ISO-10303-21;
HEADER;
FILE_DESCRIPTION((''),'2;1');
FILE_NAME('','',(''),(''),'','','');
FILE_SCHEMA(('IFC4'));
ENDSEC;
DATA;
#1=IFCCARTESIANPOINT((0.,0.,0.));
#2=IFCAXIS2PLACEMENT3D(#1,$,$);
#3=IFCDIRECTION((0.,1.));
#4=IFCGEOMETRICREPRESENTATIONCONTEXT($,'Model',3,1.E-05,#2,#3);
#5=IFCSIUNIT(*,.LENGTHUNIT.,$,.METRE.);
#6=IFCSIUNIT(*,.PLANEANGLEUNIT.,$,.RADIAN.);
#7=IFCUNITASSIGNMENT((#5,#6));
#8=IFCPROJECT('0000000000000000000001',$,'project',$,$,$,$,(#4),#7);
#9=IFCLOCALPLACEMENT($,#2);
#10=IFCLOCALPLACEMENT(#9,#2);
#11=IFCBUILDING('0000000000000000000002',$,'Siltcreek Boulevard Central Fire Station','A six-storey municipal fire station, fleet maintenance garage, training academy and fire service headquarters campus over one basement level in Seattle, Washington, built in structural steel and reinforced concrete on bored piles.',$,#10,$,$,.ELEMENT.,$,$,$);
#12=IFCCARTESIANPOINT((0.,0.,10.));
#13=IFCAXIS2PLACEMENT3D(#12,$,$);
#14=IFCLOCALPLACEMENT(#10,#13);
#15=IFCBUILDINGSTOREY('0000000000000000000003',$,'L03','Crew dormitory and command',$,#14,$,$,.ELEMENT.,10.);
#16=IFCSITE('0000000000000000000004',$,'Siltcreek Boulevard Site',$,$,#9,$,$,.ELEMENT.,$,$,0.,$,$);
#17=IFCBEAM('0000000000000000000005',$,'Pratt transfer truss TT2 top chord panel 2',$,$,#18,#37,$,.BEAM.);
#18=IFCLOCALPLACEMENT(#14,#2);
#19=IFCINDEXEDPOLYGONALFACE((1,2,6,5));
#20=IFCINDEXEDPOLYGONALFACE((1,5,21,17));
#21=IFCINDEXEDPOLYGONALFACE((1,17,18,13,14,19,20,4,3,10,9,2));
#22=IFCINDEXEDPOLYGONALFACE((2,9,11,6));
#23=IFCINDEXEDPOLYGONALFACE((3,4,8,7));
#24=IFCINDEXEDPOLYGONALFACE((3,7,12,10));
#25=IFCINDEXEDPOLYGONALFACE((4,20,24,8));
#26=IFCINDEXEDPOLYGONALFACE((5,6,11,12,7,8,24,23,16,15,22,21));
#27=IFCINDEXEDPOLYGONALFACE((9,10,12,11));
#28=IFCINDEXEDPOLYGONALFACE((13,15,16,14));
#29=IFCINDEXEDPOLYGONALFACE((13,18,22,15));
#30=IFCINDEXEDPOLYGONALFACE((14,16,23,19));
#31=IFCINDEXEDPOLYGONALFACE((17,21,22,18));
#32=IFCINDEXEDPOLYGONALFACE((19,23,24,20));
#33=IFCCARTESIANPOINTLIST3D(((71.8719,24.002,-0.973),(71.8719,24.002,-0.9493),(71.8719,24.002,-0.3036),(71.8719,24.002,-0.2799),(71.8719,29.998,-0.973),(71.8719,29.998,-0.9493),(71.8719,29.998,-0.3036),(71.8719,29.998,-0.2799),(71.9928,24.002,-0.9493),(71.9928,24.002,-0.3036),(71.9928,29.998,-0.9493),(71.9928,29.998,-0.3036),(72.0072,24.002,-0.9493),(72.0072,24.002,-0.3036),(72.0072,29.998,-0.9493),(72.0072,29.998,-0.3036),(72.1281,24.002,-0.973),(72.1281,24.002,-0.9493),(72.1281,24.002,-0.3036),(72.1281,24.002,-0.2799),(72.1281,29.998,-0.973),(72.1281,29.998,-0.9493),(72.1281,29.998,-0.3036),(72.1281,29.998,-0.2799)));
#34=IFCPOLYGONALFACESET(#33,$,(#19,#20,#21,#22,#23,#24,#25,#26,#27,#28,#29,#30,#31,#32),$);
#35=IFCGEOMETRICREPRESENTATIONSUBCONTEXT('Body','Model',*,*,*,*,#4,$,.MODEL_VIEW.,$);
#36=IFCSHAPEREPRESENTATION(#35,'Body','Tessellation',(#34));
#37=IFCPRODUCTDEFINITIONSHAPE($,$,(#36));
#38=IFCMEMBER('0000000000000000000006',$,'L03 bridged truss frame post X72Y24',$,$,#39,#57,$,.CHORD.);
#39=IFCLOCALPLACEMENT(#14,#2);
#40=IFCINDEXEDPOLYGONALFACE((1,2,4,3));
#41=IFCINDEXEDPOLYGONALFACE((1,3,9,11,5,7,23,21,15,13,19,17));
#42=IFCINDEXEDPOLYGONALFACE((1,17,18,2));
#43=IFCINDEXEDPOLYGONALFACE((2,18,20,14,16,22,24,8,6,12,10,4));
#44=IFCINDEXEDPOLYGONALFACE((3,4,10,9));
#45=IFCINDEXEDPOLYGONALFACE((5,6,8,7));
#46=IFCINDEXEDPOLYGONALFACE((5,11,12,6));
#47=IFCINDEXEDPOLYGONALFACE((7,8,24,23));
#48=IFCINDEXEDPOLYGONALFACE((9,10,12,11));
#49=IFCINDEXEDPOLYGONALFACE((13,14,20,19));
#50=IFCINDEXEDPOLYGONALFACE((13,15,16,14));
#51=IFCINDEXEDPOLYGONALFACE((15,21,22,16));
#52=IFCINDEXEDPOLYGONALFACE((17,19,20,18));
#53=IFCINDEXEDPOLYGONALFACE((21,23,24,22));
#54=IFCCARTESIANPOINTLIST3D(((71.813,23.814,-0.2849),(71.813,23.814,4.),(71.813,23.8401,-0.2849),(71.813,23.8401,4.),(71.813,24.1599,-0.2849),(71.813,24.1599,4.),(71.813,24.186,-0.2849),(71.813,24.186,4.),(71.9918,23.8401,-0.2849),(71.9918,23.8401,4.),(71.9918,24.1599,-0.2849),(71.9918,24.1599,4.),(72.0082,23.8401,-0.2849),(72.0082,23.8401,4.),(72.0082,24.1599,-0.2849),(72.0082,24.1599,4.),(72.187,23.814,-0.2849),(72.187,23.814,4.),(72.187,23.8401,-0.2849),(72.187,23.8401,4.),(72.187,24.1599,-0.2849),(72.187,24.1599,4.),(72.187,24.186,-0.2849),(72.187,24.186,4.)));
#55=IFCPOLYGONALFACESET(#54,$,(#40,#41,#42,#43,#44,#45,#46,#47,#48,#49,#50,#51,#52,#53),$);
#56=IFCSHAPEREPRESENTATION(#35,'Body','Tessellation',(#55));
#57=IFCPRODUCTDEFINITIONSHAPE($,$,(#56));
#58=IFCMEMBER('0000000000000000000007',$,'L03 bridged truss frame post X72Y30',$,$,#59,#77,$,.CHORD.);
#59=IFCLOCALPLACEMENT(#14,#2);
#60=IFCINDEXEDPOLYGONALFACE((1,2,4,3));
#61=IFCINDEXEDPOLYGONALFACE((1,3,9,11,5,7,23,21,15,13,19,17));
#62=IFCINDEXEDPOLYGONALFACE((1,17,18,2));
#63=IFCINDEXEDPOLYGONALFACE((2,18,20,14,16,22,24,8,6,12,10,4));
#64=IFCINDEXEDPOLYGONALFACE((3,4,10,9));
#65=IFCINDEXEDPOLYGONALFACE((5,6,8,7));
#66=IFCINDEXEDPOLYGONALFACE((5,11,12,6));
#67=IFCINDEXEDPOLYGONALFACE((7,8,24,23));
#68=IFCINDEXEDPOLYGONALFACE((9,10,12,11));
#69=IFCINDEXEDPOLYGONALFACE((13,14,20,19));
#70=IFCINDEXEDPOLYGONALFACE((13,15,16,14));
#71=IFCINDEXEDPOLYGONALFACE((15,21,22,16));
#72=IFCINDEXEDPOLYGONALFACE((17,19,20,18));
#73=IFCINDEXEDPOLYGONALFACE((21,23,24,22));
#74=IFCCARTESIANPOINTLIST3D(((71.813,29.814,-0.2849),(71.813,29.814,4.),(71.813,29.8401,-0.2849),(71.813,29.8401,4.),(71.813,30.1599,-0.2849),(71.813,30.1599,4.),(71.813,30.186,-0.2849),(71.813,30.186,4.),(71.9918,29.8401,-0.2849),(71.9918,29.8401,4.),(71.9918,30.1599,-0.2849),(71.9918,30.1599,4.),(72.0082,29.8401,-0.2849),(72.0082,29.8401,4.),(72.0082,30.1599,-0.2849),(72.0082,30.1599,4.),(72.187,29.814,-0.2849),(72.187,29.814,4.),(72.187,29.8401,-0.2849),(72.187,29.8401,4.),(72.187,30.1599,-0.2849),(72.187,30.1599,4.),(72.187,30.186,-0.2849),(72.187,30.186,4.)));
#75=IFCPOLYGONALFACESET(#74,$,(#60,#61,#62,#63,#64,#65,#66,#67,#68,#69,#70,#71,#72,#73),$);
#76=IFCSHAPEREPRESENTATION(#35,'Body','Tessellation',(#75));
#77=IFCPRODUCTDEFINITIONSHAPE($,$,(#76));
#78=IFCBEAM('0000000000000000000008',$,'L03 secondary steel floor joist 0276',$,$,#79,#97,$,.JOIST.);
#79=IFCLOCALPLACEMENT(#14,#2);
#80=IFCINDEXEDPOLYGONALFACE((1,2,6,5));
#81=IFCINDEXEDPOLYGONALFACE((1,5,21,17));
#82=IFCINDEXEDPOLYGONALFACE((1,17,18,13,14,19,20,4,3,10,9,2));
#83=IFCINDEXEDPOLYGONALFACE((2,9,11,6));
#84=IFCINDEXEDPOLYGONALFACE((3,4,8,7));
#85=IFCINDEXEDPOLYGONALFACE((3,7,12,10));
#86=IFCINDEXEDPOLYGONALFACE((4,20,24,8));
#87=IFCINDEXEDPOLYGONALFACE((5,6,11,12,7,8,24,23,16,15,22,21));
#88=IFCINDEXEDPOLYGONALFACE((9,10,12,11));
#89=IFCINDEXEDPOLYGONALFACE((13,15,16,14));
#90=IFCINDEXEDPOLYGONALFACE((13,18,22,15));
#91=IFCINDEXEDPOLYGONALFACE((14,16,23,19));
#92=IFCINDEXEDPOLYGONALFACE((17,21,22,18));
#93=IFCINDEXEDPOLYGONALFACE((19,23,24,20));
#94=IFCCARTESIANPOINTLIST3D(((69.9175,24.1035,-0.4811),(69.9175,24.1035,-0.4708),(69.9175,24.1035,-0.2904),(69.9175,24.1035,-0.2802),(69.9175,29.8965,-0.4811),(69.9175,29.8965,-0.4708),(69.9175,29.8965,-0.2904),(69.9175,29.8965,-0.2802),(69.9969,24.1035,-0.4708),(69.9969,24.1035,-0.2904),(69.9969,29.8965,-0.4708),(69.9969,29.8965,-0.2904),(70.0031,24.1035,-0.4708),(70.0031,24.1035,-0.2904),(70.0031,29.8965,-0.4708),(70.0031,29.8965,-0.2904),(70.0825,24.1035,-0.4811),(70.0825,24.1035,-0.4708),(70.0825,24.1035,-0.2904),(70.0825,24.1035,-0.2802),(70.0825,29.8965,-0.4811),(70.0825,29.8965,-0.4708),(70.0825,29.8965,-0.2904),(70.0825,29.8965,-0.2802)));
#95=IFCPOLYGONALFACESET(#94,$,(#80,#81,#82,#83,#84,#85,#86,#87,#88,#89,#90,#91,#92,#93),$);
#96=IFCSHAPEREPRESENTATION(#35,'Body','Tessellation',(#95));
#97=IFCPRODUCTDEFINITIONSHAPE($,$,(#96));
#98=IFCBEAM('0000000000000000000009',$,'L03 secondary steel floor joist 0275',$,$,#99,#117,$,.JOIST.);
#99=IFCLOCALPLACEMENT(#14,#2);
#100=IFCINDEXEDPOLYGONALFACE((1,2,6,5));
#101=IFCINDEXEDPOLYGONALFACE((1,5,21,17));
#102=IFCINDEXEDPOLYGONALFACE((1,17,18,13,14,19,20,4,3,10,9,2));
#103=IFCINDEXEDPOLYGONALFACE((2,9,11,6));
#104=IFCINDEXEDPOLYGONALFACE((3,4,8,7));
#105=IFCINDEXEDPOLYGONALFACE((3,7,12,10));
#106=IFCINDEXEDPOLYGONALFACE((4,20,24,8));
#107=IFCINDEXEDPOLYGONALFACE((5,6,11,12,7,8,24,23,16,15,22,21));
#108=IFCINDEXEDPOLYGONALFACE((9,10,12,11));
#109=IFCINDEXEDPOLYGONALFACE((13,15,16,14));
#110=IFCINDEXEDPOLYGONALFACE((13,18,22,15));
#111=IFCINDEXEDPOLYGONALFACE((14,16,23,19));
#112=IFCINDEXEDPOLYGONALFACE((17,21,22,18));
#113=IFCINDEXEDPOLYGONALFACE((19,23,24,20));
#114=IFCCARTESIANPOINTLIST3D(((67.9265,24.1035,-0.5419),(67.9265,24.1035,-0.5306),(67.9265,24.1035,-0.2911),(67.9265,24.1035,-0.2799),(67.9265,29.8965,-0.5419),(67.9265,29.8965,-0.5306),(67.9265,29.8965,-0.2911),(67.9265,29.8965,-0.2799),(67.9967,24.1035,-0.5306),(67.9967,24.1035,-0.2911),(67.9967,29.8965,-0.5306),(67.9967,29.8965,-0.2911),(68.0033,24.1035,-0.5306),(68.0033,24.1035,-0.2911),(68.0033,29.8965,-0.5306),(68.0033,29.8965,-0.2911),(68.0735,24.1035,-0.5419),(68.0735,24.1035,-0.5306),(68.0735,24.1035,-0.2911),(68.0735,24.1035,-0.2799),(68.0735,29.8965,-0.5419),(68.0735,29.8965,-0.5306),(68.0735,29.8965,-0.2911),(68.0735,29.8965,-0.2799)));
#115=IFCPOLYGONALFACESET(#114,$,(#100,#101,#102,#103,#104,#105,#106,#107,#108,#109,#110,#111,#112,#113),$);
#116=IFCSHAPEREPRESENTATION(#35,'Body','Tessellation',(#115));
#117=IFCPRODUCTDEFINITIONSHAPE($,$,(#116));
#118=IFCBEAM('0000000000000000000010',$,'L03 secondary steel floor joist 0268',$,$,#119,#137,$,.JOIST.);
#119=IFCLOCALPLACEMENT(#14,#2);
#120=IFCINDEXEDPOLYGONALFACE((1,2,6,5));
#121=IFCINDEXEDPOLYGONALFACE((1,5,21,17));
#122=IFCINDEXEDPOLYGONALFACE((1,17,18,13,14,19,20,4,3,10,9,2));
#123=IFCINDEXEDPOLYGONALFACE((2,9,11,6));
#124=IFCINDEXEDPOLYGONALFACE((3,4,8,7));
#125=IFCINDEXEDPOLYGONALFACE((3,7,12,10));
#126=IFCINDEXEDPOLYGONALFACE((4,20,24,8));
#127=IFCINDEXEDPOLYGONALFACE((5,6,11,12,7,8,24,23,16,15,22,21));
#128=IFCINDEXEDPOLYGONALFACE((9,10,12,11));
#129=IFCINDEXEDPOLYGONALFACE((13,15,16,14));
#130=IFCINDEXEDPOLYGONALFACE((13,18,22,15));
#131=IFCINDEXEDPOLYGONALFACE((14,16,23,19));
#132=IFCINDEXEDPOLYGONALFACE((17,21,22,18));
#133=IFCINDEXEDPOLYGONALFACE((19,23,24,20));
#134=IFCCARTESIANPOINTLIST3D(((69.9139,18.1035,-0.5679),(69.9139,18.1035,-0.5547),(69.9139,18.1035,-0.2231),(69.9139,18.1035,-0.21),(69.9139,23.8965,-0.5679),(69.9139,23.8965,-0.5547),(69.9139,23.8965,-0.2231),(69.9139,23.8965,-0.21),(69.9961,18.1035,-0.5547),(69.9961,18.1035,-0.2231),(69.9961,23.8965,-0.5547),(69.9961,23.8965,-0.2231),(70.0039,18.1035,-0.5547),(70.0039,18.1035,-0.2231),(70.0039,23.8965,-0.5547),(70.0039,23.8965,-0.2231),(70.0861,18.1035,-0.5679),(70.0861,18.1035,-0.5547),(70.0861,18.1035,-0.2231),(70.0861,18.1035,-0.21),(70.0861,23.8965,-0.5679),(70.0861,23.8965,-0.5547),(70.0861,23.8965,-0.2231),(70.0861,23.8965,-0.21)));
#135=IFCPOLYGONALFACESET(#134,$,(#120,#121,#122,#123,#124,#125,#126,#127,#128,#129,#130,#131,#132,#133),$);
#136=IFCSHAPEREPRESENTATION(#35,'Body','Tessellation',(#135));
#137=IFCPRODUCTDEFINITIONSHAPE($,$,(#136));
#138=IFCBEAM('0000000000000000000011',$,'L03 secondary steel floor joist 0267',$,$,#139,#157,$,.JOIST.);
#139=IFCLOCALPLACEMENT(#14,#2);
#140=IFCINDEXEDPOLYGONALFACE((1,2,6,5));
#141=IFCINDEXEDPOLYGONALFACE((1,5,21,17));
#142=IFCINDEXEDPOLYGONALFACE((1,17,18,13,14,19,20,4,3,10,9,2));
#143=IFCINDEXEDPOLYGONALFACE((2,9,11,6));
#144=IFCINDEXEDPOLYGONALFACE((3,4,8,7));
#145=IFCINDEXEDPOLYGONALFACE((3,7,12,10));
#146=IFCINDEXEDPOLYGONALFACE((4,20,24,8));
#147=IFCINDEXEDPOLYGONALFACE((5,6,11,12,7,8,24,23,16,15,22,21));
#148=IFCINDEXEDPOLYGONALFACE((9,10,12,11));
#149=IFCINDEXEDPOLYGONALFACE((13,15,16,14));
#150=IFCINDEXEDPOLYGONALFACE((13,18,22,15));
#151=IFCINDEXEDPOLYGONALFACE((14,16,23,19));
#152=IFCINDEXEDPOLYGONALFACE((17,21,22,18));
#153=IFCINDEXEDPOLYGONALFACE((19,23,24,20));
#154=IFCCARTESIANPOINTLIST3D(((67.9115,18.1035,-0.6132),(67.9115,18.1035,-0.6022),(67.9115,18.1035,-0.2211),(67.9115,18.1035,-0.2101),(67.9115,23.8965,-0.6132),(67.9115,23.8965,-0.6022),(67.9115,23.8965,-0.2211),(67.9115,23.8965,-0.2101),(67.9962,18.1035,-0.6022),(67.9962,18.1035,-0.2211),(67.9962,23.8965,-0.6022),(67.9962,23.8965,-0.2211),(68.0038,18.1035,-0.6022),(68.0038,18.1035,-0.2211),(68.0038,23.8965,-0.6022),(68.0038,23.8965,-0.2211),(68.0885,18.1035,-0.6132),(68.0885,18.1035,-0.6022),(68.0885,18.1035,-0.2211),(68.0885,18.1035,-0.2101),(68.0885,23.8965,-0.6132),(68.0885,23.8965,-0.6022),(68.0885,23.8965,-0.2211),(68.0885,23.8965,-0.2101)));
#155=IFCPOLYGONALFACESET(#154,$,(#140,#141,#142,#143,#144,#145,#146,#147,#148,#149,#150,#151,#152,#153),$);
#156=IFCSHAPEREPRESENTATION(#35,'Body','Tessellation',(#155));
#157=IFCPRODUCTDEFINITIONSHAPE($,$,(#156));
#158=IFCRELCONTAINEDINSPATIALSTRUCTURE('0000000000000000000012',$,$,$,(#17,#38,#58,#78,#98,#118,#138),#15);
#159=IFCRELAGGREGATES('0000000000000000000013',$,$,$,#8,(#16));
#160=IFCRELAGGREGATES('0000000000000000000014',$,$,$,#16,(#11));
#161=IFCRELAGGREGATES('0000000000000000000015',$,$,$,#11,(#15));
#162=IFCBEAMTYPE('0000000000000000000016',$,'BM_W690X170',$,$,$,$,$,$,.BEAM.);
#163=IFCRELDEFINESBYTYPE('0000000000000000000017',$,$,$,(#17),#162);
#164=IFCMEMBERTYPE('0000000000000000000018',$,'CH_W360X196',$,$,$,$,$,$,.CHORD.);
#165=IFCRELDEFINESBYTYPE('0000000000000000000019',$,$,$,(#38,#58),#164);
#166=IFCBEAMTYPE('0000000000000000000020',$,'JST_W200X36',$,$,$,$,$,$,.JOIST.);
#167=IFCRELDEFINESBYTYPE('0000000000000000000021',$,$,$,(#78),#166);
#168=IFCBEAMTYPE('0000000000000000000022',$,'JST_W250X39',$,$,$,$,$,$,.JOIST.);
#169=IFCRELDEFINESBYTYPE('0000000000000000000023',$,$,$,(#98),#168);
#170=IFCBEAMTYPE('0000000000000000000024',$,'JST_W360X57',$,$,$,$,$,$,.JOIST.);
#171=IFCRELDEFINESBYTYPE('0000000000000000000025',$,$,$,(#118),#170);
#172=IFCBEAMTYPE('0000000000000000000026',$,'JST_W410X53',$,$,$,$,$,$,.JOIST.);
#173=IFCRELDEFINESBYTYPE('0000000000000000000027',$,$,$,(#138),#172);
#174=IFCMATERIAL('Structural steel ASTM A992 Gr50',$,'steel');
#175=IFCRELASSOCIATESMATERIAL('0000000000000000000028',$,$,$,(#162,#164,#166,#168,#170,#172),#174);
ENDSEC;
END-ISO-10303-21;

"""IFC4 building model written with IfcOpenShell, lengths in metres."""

from ifc_helpers import new_model, si_unit, direction, frame, origin, origin_2d, place, context, subcontext, project, spatial, i_section, extrude, material, material_profile, profile_set, type_object, element, save


model = new_model("IFC4")

# Units and contexts
model_context = context("Model", 3, precision=1e-05, world=origin(), true_north=direction((0.0, 1.0)))
body_context = subcontext(model_context, "Body", "Model", "MODEL_VIEW")
ifc_project = project(units=[si_unit("LENGTHUNIT", "METRE"), si_unit("PLANEANGLEUNIT", "RADIAN")], contexts=[model_context])

# Site, building, storey
site_placement = place(None, origin())
site = spatial("IfcSite", under=ifc_project, at=site_placement, Name="Siltcreek Boulevard Site", CompositionType="ELEMENT", RefElevation=0.0)
building_placement = place(site_placement, origin())
building = spatial("IfcBuilding", under=site, at=building_placement, Name="Siltcreek Boulevard Central Fire Station", Description="A six-storey municipal fire station, fleet maintenance garage, training academy and fire service headquarters campus over one basement level in Seattle, Washington, built in structural steel and reinforced concrete on bored piles.", CompositionType="ELEMENT")
storey_placement = place(building_placement, frame((0.0, 0.0, 10.0)))
storey = spatial("IfcBuildingStorey", under=building, at=storey_placement, Name="L03", Description="Crew dormitory and command", CompositionType="ELEMENT", Elevation=10.0)

# Beam
ifc_material_1 = material(Name="Structural steel ASTM A992 Gr50", Category="steel")
ifc_material_profile_1 = material_profile(ifc_material_1, i_section(OverallWidth=0.2561, OverallDepth=0.6931, WebThickness=0.0144, FlangeThickness=0.0237, at=origin_2d()), Name="W690X170")
ifc_profile_set_1 = profile_set([ifc_material_profile_1], Name="Structural steel ASTM A992 Gr50")
beam_type_1 = type_object("IfcBeamType", Name="BM_W690X170", PredefinedType="BEAM", material=ifc_profile_set_1)
beam_1_placement = place(storey_placement, frame((72.0, 24.002, -0.6265), z_axis=(0.0, 1.0, 0.0), x_axis=(-1.0, 0.0, 0.0)))
element("IfcBeam", 1, at=beam_1_placement, inside=storey, type_object=beam_type_1, Name="Pratt transfer truss TT2 top chord panel 2", PredefinedType="BEAM", context=body_context, shape_type="SweptSolid", body=[
    extrude(i_section(OverallWidth=0.2561, OverallDepth=0.6931, WebThickness=0.0144, FlangeThickness=0.0237, at=origin_2d()), origin(), (0.0, 0.0, 1.0), 5.9961),
])

# Members
ifc_material_profile_2 = material_profile(ifc_material_1, i_section(OverallWidth=0.374, OverallDepth=0.3721, WebThickness=0.0164, FlangeThickness=0.0261, at=origin_2d()), Name="W360X196")
ifc_profile_set_2 = profile_set([ifc_material_profile_2], Name="Structural steel ASTM A992 Gr50")
member_type = type_object("IfcMemberType", Name="CH_W360X196", PredefinedType="CHORD", material=ifc_profile_set_2)
for number, where, z_axis, x_axis, name in (
    (2, (72.0, 24.0, -0.2849), (0.0, 0.0, 1.0), (1.0, 0.0, 0.0), "L03 bridged truss frame post X72Y24"),
    (3, (72.0, 30.0, -0.2849), (0.0, 0.0, 1.0), (1.0, 0.0, 0.0), "L03 bridged truss frame post X72Y30"),
):
    element("IfcMember", number, at=place(storey_placement, frame(where, z_axis=z_axis, x_axis=x_axis)), inside=storey, type_object=member_type, Name=name, PredefinedType="CHORD", context=body_context, shape_type="SweptSolid", body=[
        extrude(i_section(OverallWidth=0.374, OverallDepth=0.3721, WebThickness=0.0164, FlangeThickness=0.0261, at=origin_2d()), origin(), (0.0, 0.0, 1.0), 4.2849),
    ])

# Beams
ifc_material_profile_3 = material_profile(ifc_material_1, i_section(OverallWidth=0.165, OverallDepth=0.2009, WebThickness=0.0061, FlangeThickness=0.0103, at=origin_2d()), Name="W200X36")
ifc_profile_set_3 = profile_set([ifc_material_profile_3], Name="Structural steel ASTM A992 Gr50")
beam_type_2 = type_object("IfcBeamType", Name="JST_W200X36", PredefinedType="JOIST", material=ifc_profile_set_3)
beam_2_placement = place(storey_placement, frame((70.0, 24.1035, -0.3806), z_axis=(0.0, 1.0, 0.0), x_axis=(-1.0, 0.0, 0.0)))
element("IfcBeam", 4, at=beam_2_placement, inside=storey, type_object=beam_type_2, Name="L03 secondary steel floor joist 0276", PredefinedType="JOIST", context=body_context, shape_type="SweptSolid", body=[
    extrude(i_section(OverallWidth=0.165, OverallDepth=0.2009, WebThickness=0.0061, FlangeThickness=0.0103, at=origin_2d()), origin(), (0.0, 0.0, 1.0), 5.793),
])
ifc_material_profile_4 = material_profile(ifc_material_1, i_section(OverallWidth=0.147, OverallDepth=0.262, WebThickness=0.0066, FlangeThickness=0.0112, at=origin_2d()), Name="W250X39")
ifc_profile_set_4 = profile_set([ifc_material_profile_4], Name="Structural steel ASTM A992 Gr50")
beam_type_3 = type_object("IfcBeamType", Name="JST_W250X39", PredefinedType="JOIST", material=ifc_profile_set_4)
beam_3_placement = place(storey_placement, frame((68.0, 24.1035, -0.4109), z_axis=(0.0, 1.0, 0.0), x_axis=(-1.0, 0.0, 0.0)))
element("IfcBeam", 5, at=beam_3_placement, inside=storey, type_object=beam_type_3, Name="L03 secondary steel floor joist 0275", PredefinedType="JOIST", context=body_context, shape_type="SweptSolid", body=[
    extrude(i_section(OverallWidth=0.147, OverallDepth=0.262, WebThickness=0.0066, FlangeThickness=0.0112, at=origin_2d()), origin(), (0.0, 0.0, 1.0), 5.793),
])
ifc_material_profile_5 = material_profile(ifc_material_1, i_section(OverallWidth=0.1721, OverallDepth=0.3579, WebThickness=0.0078, FlangeThickness=0.0132, at=origin_2d()), Name="W360X57")
ifc_profile_set_5 = profile_set([ifc_material_profile_5], Name="Structural steel ASTM A992 Gr50")
beam_type_4 = type_object("IfcBeamType", Name="JST_W360X57", PredefinedType="JOIST", material=ifc_profile_set_5)
beam_4_placement = place(storey_placement, frame((70.0, 18.1035, -0.3889), z_axis=(0.0, 1.0, 0.0), x_axis=(-1.0, 0.0, 0.0)))
element("IfcBeam", 6, at=beam_4_placement, inside=storey, type_object=beam_type_4, Name="L03 secondary steel floor joist 0268", PredefinedType="JOIST", context=body_context, shape_type="SweptSolid", body=[
    extrude(i_section(OverallWidth=0.1721, OverallDepth=0.3579, WebThickness=0.0078, FlangeThickness=0.0132, at=origin_2d()), origin(), (0.0, 0.0, 1.0), 5.793),
])
ifc_material_profile_6 = material_profile(ifc_material_1, i_section(OverallWidth=0.177, OverallDepth=0.4031, WebThickness=0.0076, FlangeThickness=0.011, at=origin_2d()), Name="W410X53")
ifc_profile_set_6 = profile_set([ifc_material_profile_6], Name="Structural steel ASTM A992 Gr50")
beam_type_5 = type_object("IfcBeamType", Name="JST_W410X53", PredefinedType="JOIST", material=ifc_profile_set_6)
beam_5_placement = place(storey_placement, frame((68.0, 18.1035, -0.4116), z_axis=(0.0, 1.0, 0.0), x_axis=(-1.0, 0.0, 0.0)))
element("IfcBeam", 7, at=beam_5_placement, inside=storey, type_object=beam_type_5, Name="L03 secondary steel floor joist 0267", PredefinedType="JOIST", context=body_context, shape_type="SweptSolid", body=[
    extrude(i_section(OverallWidth=0.177, OverallDepth=0.4031, WebThickness=0.0076, FlangeThickness=0.011, at=origin_2d()), origin(), (0.0, 0.0, 1.0), 5.793),
])

save(model, "model.ifc")
